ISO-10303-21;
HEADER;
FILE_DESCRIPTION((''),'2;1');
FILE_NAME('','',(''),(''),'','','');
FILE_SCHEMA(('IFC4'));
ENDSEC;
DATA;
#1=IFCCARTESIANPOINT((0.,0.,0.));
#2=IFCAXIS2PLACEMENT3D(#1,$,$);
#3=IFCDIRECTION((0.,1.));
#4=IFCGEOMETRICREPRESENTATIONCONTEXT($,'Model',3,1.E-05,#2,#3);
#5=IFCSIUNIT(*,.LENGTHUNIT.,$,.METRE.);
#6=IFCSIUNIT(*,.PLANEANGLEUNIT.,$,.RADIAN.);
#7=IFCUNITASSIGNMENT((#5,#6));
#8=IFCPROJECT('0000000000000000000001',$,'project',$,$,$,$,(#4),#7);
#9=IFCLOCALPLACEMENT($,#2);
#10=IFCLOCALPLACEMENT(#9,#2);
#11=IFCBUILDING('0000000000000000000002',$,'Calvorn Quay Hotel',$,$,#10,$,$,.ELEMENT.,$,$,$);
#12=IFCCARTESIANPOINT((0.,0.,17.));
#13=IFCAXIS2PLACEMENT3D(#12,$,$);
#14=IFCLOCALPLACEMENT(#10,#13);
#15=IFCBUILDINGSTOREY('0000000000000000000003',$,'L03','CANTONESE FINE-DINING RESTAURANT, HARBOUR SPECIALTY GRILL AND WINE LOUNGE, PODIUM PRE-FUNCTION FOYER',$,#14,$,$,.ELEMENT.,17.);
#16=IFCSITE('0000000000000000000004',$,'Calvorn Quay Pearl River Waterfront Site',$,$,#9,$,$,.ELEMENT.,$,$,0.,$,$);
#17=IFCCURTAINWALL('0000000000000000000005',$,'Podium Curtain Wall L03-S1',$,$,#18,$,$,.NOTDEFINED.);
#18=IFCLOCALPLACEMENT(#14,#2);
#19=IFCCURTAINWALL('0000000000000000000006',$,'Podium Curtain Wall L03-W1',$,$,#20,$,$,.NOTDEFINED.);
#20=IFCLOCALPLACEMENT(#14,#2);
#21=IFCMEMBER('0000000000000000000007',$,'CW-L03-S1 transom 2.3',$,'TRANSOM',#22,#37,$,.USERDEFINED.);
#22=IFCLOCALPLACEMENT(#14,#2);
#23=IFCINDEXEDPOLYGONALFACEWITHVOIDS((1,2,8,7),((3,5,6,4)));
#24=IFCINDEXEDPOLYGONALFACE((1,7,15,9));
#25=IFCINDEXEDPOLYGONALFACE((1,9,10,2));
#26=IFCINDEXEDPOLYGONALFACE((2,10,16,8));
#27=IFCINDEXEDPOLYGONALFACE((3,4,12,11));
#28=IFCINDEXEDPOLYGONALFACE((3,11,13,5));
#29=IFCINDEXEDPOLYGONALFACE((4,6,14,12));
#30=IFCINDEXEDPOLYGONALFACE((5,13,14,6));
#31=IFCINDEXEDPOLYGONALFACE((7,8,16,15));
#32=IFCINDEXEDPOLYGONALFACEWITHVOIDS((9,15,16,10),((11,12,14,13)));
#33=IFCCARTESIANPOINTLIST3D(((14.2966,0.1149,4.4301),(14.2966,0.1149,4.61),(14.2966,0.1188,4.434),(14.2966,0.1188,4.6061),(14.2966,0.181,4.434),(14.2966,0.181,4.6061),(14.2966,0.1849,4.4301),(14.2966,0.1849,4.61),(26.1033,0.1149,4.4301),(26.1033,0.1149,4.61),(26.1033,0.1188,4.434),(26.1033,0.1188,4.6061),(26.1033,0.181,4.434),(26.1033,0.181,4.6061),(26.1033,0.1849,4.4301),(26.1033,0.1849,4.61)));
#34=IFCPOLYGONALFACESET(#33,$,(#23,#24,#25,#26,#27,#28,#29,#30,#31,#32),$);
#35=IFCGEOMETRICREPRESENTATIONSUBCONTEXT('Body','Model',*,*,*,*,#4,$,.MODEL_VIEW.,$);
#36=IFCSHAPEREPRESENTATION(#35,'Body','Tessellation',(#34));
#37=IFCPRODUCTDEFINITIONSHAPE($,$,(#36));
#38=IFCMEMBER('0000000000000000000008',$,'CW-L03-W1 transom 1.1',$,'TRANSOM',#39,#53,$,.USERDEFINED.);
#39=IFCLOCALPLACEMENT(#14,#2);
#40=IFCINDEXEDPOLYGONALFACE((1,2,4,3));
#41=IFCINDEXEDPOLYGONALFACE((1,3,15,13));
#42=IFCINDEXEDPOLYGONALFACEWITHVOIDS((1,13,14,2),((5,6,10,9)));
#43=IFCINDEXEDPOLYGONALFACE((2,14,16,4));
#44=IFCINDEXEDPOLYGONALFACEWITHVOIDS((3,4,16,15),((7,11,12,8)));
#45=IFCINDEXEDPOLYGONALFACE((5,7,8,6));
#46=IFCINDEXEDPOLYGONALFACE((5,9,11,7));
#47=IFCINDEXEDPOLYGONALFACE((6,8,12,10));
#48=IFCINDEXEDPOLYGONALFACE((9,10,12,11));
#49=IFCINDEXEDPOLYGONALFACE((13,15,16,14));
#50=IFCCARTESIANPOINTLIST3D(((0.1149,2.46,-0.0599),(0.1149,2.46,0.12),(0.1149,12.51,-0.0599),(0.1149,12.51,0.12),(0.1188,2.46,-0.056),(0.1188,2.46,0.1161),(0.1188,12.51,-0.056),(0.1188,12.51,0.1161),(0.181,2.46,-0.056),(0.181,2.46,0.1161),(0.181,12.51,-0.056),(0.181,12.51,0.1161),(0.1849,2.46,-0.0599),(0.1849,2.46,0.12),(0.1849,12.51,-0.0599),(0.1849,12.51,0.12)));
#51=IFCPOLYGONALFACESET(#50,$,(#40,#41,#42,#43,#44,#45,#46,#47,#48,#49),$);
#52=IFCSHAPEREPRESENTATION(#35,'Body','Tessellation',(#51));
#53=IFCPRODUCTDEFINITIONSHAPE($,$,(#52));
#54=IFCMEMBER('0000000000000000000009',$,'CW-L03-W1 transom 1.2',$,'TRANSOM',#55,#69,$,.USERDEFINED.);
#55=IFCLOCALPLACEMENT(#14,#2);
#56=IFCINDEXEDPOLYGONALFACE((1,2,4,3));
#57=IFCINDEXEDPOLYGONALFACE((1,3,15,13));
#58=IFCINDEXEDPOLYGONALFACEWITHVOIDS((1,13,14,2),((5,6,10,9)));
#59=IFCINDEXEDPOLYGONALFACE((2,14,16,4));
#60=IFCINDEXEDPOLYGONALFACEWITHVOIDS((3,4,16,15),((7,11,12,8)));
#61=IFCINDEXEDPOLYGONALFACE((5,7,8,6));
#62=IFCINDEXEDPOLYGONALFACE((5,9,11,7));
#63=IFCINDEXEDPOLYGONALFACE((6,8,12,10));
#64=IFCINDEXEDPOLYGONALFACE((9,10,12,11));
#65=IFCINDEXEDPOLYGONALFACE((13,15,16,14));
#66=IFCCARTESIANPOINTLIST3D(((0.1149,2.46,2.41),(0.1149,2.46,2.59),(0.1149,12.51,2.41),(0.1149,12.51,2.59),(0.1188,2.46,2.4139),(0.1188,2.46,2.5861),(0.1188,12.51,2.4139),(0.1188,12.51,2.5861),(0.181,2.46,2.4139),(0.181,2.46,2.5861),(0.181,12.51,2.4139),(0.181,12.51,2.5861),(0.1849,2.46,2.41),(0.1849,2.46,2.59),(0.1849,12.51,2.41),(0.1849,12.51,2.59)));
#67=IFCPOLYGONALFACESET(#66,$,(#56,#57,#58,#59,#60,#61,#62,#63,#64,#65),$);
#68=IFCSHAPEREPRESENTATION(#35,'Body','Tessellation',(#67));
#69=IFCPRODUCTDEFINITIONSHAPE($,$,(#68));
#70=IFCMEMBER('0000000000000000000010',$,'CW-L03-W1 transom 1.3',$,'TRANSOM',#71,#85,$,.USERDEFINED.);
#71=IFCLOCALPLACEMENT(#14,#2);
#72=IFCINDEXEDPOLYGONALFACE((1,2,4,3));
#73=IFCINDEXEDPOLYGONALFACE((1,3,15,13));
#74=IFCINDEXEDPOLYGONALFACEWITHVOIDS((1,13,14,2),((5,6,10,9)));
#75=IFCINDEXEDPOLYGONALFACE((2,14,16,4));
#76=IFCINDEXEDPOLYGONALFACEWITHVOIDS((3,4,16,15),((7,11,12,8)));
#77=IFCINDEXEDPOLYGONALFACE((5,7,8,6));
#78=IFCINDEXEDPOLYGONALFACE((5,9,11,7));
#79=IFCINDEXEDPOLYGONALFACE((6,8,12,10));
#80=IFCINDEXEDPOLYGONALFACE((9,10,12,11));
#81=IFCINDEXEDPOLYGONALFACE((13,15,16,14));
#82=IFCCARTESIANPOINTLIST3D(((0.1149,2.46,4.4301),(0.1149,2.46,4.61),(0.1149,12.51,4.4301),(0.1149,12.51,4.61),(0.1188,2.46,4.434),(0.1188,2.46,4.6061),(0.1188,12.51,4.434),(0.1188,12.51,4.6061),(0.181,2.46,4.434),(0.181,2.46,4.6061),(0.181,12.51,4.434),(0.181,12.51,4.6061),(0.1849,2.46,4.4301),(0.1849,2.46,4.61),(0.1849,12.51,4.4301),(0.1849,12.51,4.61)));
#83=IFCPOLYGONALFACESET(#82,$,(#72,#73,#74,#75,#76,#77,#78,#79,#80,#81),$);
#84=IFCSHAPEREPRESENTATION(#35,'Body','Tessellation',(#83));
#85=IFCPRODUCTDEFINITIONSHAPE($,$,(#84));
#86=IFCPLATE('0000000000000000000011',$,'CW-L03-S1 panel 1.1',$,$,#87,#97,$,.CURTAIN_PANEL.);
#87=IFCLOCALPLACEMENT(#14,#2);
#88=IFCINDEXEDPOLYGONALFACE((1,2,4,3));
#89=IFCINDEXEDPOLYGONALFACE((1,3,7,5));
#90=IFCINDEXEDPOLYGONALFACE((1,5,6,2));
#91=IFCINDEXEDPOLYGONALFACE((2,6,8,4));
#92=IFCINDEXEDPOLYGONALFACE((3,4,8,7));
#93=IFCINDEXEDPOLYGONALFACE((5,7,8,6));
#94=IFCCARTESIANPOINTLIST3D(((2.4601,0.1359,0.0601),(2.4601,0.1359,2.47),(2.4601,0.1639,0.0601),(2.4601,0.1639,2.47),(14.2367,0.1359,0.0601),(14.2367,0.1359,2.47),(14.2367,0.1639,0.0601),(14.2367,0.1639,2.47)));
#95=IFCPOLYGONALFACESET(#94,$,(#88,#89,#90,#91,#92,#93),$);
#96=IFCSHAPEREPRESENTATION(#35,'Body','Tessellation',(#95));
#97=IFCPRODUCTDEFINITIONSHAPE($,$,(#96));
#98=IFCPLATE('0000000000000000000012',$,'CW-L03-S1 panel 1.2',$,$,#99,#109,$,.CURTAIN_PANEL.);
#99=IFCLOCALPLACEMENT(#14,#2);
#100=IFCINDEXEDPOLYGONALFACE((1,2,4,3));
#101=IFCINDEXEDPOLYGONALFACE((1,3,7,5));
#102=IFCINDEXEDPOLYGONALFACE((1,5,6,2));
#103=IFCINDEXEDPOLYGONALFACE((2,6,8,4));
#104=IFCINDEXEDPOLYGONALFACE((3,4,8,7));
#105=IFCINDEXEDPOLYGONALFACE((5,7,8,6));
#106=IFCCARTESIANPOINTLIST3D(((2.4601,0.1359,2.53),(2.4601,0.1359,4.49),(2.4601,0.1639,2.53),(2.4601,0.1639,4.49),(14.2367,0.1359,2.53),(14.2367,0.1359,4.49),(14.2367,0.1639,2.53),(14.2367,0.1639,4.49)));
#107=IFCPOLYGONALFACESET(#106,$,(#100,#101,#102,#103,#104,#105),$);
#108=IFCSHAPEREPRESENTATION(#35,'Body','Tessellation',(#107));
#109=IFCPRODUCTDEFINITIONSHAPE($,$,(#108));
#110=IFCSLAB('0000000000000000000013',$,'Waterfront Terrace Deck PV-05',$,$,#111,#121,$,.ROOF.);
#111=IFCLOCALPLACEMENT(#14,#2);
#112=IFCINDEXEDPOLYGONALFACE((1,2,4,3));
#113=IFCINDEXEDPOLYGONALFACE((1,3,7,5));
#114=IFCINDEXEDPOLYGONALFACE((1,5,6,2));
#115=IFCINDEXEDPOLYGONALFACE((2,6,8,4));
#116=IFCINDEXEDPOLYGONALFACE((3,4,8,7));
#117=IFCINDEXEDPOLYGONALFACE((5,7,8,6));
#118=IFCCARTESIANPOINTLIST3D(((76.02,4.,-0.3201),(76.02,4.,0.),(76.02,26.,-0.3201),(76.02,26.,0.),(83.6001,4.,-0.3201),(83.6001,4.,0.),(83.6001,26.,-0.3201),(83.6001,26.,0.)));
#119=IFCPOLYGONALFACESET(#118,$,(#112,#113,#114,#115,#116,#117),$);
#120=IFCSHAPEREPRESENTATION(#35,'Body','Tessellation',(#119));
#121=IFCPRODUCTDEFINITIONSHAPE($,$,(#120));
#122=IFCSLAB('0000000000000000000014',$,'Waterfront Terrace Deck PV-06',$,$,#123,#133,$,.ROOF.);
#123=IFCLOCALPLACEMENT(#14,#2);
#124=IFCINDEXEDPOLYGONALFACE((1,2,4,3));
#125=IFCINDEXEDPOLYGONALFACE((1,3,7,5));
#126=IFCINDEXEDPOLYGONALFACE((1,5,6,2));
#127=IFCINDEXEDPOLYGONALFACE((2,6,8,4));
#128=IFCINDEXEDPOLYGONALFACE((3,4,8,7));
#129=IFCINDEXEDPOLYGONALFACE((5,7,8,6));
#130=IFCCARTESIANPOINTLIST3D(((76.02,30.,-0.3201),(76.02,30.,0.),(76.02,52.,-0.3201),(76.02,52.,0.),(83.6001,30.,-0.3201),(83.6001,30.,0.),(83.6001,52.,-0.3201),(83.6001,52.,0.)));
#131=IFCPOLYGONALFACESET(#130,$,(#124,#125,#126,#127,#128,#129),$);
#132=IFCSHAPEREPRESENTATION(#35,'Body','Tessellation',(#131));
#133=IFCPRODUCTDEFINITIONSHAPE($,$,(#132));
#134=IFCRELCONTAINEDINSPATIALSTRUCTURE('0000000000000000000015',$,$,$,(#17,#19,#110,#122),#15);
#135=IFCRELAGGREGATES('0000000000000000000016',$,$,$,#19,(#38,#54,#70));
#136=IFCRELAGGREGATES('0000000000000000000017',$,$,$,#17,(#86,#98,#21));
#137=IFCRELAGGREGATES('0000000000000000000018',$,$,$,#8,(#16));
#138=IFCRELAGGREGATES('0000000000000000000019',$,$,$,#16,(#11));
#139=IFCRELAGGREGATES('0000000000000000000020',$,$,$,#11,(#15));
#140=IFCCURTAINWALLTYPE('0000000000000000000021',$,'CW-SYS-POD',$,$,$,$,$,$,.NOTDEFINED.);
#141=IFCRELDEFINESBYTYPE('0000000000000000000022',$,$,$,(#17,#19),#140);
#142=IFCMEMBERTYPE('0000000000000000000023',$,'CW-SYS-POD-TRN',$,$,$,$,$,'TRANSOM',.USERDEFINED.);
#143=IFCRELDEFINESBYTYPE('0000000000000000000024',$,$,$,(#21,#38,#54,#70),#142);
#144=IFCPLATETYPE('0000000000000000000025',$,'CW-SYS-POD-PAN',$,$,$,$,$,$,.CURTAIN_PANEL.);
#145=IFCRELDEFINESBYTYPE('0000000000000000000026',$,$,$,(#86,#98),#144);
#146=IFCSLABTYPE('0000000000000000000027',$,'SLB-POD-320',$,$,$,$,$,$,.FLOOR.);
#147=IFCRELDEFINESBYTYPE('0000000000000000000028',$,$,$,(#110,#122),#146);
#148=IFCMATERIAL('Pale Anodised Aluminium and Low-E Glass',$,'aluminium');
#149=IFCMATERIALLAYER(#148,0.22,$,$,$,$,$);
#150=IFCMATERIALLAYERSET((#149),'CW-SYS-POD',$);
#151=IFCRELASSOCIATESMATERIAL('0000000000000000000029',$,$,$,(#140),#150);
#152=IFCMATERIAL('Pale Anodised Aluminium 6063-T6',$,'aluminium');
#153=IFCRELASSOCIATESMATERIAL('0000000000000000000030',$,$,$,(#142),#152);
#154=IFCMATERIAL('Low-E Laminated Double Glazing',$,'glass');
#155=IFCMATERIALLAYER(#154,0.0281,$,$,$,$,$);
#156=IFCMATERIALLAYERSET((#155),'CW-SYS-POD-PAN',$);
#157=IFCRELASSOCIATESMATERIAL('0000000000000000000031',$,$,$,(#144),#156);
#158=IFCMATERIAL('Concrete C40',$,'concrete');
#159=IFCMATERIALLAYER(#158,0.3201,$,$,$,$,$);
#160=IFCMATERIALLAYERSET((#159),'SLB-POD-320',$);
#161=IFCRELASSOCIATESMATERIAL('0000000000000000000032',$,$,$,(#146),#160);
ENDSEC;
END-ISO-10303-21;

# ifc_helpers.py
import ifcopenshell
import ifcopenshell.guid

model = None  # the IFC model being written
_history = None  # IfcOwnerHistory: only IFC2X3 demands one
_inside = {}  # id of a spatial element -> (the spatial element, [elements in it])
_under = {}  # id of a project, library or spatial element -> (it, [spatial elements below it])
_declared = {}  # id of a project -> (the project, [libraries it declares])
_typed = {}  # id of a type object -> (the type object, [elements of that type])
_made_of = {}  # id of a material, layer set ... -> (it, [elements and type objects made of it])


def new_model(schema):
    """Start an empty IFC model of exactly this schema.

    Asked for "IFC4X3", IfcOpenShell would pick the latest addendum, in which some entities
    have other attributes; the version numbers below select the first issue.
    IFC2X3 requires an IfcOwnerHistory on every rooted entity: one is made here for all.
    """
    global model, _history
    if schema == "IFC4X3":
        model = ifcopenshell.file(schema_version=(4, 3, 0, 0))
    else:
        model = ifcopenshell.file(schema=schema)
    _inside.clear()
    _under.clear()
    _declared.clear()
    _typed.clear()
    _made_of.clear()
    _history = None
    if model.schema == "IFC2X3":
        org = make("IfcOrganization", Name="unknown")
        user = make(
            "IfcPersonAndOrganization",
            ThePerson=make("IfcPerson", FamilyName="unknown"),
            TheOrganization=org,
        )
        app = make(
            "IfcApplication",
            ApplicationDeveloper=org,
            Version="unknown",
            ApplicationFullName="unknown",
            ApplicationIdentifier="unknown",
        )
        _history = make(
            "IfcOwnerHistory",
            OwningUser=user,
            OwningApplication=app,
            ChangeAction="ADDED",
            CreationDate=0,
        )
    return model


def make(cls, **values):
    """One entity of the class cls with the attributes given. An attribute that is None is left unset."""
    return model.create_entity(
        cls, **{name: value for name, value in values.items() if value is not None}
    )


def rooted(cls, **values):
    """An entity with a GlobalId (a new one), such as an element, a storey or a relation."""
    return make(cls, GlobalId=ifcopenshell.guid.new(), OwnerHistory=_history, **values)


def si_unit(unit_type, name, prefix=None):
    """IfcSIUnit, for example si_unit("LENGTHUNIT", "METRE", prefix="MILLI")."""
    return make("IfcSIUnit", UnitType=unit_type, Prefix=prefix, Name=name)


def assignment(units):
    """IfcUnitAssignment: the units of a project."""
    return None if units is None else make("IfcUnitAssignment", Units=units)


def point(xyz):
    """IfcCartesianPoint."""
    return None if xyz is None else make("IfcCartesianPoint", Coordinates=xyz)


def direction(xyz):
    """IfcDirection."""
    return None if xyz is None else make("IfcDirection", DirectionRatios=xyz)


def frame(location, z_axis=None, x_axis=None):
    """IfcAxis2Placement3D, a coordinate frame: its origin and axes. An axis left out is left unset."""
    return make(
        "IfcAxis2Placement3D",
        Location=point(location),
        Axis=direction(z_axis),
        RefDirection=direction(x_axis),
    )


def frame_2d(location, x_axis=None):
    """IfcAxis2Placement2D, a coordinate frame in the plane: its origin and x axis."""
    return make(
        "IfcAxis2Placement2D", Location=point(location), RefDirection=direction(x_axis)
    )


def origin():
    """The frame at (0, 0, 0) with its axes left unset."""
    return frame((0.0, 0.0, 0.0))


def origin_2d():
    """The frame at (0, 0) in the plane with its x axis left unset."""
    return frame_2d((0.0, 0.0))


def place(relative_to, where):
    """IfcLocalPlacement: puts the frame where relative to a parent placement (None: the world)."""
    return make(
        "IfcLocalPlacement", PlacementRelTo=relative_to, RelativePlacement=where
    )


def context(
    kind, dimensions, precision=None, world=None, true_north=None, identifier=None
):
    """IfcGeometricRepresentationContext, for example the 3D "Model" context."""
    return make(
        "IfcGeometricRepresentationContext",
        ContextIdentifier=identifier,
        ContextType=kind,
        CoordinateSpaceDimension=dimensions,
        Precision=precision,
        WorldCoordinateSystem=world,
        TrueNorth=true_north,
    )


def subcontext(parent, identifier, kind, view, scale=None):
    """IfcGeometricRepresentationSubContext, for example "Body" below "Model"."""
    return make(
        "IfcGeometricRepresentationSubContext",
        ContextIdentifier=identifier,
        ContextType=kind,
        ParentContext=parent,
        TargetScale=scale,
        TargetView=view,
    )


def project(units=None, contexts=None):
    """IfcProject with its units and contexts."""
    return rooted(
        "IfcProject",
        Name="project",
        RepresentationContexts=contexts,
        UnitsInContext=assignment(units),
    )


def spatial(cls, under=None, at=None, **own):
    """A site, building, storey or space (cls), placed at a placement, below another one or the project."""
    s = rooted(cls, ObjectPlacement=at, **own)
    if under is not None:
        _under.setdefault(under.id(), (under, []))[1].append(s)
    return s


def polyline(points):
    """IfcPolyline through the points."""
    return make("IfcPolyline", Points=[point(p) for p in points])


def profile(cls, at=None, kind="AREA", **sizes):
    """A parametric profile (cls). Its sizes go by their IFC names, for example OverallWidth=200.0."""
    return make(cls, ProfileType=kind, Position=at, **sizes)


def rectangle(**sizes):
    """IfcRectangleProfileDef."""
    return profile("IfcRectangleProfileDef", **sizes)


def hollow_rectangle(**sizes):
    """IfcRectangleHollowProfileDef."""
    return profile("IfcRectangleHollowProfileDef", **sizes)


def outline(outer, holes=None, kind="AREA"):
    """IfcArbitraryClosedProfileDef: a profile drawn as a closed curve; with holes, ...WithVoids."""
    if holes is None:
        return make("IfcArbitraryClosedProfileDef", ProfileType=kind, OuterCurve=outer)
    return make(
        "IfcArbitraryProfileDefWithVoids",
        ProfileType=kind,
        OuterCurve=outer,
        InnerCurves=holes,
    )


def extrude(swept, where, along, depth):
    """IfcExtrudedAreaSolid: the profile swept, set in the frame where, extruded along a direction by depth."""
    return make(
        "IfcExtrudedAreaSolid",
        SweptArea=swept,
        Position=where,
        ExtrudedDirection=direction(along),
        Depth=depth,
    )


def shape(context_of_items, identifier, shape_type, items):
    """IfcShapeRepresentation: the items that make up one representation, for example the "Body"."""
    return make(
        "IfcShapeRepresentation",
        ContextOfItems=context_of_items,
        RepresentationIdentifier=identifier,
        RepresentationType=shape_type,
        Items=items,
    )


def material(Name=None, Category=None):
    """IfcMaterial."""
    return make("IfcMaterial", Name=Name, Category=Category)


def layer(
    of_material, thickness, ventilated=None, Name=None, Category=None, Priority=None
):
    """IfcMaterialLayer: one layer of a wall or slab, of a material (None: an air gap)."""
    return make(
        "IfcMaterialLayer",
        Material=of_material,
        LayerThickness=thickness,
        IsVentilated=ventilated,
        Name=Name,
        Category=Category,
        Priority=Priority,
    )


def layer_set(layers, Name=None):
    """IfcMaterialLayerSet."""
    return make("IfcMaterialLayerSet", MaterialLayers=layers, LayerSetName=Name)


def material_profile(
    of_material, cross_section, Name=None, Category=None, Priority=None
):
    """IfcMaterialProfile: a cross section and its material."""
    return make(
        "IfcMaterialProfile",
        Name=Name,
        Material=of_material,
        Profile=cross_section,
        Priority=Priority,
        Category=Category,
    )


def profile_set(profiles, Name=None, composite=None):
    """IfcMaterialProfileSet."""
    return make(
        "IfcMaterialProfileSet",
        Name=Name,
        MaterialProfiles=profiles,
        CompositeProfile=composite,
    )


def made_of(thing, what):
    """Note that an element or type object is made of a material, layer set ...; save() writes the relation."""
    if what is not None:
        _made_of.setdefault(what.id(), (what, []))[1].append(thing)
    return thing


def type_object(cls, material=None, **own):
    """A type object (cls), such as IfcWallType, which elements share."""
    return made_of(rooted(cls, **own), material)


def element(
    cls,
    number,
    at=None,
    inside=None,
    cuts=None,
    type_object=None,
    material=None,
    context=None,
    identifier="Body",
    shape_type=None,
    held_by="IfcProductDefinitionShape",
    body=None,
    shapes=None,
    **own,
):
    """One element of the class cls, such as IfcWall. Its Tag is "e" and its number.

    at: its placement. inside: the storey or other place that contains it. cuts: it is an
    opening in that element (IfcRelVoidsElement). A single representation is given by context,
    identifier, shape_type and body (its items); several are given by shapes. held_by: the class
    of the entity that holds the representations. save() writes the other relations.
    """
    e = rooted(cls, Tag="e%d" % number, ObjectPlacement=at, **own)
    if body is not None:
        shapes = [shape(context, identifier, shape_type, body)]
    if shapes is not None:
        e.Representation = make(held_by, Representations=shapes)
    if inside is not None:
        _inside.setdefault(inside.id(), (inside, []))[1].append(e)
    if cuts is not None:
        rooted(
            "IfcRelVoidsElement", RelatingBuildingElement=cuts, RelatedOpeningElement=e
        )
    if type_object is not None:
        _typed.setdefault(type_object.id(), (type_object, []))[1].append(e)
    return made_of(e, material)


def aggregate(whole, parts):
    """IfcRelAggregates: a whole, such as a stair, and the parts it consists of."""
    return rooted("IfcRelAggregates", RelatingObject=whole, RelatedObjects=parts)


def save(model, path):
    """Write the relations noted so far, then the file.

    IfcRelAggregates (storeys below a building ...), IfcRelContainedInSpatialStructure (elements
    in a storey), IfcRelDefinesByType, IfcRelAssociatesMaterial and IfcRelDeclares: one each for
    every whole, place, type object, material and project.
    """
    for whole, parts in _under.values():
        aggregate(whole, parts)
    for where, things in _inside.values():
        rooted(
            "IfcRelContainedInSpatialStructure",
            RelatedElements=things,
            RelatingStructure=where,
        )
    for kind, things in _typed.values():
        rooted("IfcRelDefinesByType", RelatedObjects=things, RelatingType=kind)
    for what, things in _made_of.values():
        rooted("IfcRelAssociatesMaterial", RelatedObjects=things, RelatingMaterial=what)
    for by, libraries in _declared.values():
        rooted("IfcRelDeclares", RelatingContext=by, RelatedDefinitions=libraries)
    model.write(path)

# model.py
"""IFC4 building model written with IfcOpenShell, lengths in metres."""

from ifc_helpers import new_model, si_unit, direction, frame, origin, origin_2d, place, context, subcontext, project, spatial, polyline, rectangle, hollow_rectangle, outline, extrude, material, layer, layer_set, material_profile, profile_set, type_object, element, aggregate, save


model = new_model("IFC4")

# Units and contexts
model_context = context("Model", 3, precision=1e-05, world=origin(), true_north=direction((0.0, 1.0)))
body_context = subcontext(model_context, "Body", "Model", "MODEL_VIEW")
ifc_project = project(units=[si_unit("LENGTHUNIT", "METRE"), si_unit("PLANEANGLEUNIT", "RADIAN")], contexts=[model_context])

# Site, building, storey
site_placement = place(None, origin())
site = spatial("IfcSite", under=ifc_project, at=site_placement, Name="Calvorn Quay Pearl River Waterfront Site", CompositionType="ELEMENT", RefElevation=0.0)
building_placement = place(site_placement, origin())
building = spatial("IfcBuilding", under=site, at=building_placement, Name="Calvorn Quay Hotel", CompositionType="ELEMENT")
storey_placement = place(building_placement, frame((0.0, 0.0, 17.0)))
storey = spatial("IfcBuildingStorey", under=building, at=storey_placement, Name="L03", Description="CANTONESE FINE-DINING RESTAURANT, HARBOUR SPECIALTY GRILL AND WINE LOUNGE, PODIUM PRE-FUNCTION FOYER", CompositionType="ELEMENT", Elevation=17.0)

# Curtain wall
ifc_material_1 = material(Name="Pale Anodised Aluminium and Low-E Glass", Category="aluminium")
ifc_layer_1 = layer(ifc_material_1, 0.22)
ifc_layer_set_1 = layer_set([ifc_layer_1], Name="CW-SYS-POD")
curtain_wall_type = type_object("IfcCurtainWallType", Name="CW-SYS-POD", PredefinedType="NOTDEFINED", material=ifc_layer_set_1)
curtain_wall_1_placement = place(storey_placement, origin())
curtain_wall_1 = element("IfcCurtainWall", 1, at=curtain_wall_1_placement, inside=storey, type_object=curtain_wall_type, Name="Podium Curtain Wall L03-S1", PredefinedType="NOTDEFINED")

# Curtain wall
curtain_wall_2_placement = place(storey_placement, origin())
curtain_wall_2 = element("IfcCurtainWall", 2, at=curtain_wall_2_placement, inside=storey, type_object=curtain_wall_type, Name="Podium Curtain Wall L03-W1", PredefinedType="NOTDEFINED")

# Members
ifc_material_2 = material(Name="Pale Anodised Aluminium 6063-T6", Category="aluminium")
ifc_material_profile_1 = material_profile(ifc_material_2, hollow_rectangle(XDim=0.0701, YDim=0.1799, WallThickness=0.0039, at=origin_2d()), Name="ALU-T180x70x4")
ifc_profile_set_1 = profile_set([ifc_material_profile_1], Name="Pale Anodised Aluminium 6063-T6")
member_type_1 = type_object("IfcMemberType", Name="CW-SYS-POD-TRN", ElementType="TRANSOM", PredefinedType="USERDEFINED", material=ifc_profile_set_1)
member_1_placement = place(storey_placement, frame((14.2966, 0.1499, 4.52), z_axis=(1.0, 0.0, 0.0), x_axis=(0.0, 1.0, 0.0)))
member_1 = element("IfcMember", 3, at=member_1_placement, type_object=member_type_1, Name="CW-L03-S1 transom 2.3", ObjectType="TRANSOM", PredefinedType="USERDEFINED", context=body_context, shape_type="SweptSolid", body=[
    extrude(hollow_rectangle(XDim=0.0701, YDim=0.1799, WallThickness=0.0039, at=origin_2d()), origin(), (0.0, 0.0, 1.0), 11.8066),
])
member_2_placement = place(storey_placement, frame((0.1499, 2.46, 0.03), z_axis=(0.0, 1.0, 0.0), x_axis=(-1.0, 0.0, 0.0)))
member_2 = element("IfcMember", 4, at=member_2_placement, type_object=member_type_1, Name="CW-L03-W1 transom 1.1", ObjectType="TRANSOM", PredefinedType="USERDEFINED", context=body_context, shape_type="SweptSolid", body=[
    extrude(hollow_rectangle(XDim=0.0701, YDim=0.1799, WallThickness=0.0039, at=origin_2d()), origin(), (0.0, 0.0, 1.0), 10.05),
])
member_3_placement = place(storey_placement, frame((0.1499, 2.46, 2.5), z_axis=(0.0, 1.0, 0.0), x_axis=(-1.0, 0.0, 0.0)))
member_3 = element("IfcMember", 5, at=member_3_placement, type_object=member_type_1, Name="CW-L03-W1 transom 1.2", ObjectType="TRANSOM", PredefinedType="USERDEFINED", context=body_context, shape_type="SweptSolid", body=[
    extrude(hollow_rectangle(XDim=0.0701, YDim=0.1799, WallThickness=0.0039, at=origin_2d()), origin(), (0.0, 0.0, 1.0), 10.05),
])
member_4_placement = place(storey_placement, frame((0.1499, 2.46, 4.52), z_axis=(0.0, 1.0, 0.0), x_axis=(-1.0, 0.0, 0.0)))
member_4 = element("IfcMember", 6, at=member_4_placement, type_object=member_type_1, Name="CW-L03-W1 transom 1.3", ObjectType="TRANSOM", PredefinedType="USERDEFINED", context=body_context, shape_type="SweptSolid", body=[
    extrude(hollow_rectangle(XDim=0.0701, YDim=0.1799, WallThickness=0.0039, at=origin_2d()), origin(), (0.0, 0.0, 1.0), 10.05),
])
aggregate(curtain_wall_2, [member_2, member_3, member_4])

# Plates
ifc_material_3 = material(Name="Low-E Laminated Double Glazing", Category="glass")
ifc_layer_2 = layer(ifc_material_3, 0.0281)
ifc_layer_set_2 = layer_set([ifc_layer_2], Name="CW-SYS-POD-PAN")
plate_type = type_object("IfcPlateType", Name="CW-SYS-POD-PAN", PredefinedType="CURTAIN_PANEL", material=ifc_layer_set_2)
plate_1_placement = place(storey_placement, frame((8.3484, 0.1499, 0.0601), z_axis=(0.0, 0.0, 1.0), x_axis=(1.0, 0.0, 0.0)))
plate_1 = element("IfcPlate", 7, at=plate_1_placement, type_object=plate_type, Name="CW-L03-S1 panel 1.1", PredefinedType="CURTAIN_PANEL", context=body_context, shape_type="SweptSolid", body=[
    extrude(rectangle(XDim=11.7766, YDim=0.0281, at=origin_2d()), origin(), (0.0, 0.0, 1.0), 2.4099),
])
plate_2_placement = place(storey_placement, frame((8.3484, 0.1499, 2.53), z_axis=(0.0, 0.0, 1.0), x_axis=(1.0, 0.0, 0.0)))
plate_2 = element("IfcPlate", 8, at=plate_2_placement, type_object=plate_type, Name="CW-L03-S1 panel 1.2", PredefinedType="CURTAIN_PANEL", context=body_context, shape_type="SweptSolid", body=[
    extrude(rectangle(XDim=11.7766, YDim=0.0281, at=origin_2d()), origin(), (0.0, 0.0, 1.0), 1.96),
])
aggregate(curtain_wall_1, [plate_1, plate_2, member_1])

# Slabs
ifc_material_4 = material(Name="Concrete C40", Category="concrete")
ifc_layer_3 = layer(ifc_material_4, 0.3201)
ifc_layer_set_3 = layer_set([ifc_layer_3], Name="SLB-POD-320")
slab_type_1 = type_object("IfcSlabType", Name="SLB-POD-320", PredefinedType="FLOOR", material=ifc_layer_set_3)
slab_1_placement = place(storey_placement, frame((0.0, 0.0, -0.3201)))
element("IfcSlab", 9, at=slab_1_placement, inside=storey, type_object=slab_type_1, Name="Waterfront Terrace Deck PV-05", PredefinedType="ROOF", context=body_context, shape_type="SweptSolid", body=[
    extrude(outline(polyline([(76.02, 4.0), (83.6001, 4.0), (83.6001, 26.0), (76.02, 26.0), (76.02, 4.0)])), origin(), (0.0, 0.0, 1.0), 0.3201),
])
slab_2_placement = place(storey_placement, frame((0.0, 0.0, -0.3201)))
element("IfcSlab", 10, at=slab_2_placement, inside=storey, type_object=slab_type_1, Name="Waterfront Terrace Deck PV-06", PredefinedType="ROOF", context=body_context, shape_type="SweptSolid", body=[
    extrude(outline(polyline([(76.02, 30.0), (83.6001, 30.0), (83.6001, 52.0), (76.02, 52.0), (76.02, 30.0)])), origin(), (0.0, 0.0, 1.0), 0.3201),
])

save(model, "model.ifc")
